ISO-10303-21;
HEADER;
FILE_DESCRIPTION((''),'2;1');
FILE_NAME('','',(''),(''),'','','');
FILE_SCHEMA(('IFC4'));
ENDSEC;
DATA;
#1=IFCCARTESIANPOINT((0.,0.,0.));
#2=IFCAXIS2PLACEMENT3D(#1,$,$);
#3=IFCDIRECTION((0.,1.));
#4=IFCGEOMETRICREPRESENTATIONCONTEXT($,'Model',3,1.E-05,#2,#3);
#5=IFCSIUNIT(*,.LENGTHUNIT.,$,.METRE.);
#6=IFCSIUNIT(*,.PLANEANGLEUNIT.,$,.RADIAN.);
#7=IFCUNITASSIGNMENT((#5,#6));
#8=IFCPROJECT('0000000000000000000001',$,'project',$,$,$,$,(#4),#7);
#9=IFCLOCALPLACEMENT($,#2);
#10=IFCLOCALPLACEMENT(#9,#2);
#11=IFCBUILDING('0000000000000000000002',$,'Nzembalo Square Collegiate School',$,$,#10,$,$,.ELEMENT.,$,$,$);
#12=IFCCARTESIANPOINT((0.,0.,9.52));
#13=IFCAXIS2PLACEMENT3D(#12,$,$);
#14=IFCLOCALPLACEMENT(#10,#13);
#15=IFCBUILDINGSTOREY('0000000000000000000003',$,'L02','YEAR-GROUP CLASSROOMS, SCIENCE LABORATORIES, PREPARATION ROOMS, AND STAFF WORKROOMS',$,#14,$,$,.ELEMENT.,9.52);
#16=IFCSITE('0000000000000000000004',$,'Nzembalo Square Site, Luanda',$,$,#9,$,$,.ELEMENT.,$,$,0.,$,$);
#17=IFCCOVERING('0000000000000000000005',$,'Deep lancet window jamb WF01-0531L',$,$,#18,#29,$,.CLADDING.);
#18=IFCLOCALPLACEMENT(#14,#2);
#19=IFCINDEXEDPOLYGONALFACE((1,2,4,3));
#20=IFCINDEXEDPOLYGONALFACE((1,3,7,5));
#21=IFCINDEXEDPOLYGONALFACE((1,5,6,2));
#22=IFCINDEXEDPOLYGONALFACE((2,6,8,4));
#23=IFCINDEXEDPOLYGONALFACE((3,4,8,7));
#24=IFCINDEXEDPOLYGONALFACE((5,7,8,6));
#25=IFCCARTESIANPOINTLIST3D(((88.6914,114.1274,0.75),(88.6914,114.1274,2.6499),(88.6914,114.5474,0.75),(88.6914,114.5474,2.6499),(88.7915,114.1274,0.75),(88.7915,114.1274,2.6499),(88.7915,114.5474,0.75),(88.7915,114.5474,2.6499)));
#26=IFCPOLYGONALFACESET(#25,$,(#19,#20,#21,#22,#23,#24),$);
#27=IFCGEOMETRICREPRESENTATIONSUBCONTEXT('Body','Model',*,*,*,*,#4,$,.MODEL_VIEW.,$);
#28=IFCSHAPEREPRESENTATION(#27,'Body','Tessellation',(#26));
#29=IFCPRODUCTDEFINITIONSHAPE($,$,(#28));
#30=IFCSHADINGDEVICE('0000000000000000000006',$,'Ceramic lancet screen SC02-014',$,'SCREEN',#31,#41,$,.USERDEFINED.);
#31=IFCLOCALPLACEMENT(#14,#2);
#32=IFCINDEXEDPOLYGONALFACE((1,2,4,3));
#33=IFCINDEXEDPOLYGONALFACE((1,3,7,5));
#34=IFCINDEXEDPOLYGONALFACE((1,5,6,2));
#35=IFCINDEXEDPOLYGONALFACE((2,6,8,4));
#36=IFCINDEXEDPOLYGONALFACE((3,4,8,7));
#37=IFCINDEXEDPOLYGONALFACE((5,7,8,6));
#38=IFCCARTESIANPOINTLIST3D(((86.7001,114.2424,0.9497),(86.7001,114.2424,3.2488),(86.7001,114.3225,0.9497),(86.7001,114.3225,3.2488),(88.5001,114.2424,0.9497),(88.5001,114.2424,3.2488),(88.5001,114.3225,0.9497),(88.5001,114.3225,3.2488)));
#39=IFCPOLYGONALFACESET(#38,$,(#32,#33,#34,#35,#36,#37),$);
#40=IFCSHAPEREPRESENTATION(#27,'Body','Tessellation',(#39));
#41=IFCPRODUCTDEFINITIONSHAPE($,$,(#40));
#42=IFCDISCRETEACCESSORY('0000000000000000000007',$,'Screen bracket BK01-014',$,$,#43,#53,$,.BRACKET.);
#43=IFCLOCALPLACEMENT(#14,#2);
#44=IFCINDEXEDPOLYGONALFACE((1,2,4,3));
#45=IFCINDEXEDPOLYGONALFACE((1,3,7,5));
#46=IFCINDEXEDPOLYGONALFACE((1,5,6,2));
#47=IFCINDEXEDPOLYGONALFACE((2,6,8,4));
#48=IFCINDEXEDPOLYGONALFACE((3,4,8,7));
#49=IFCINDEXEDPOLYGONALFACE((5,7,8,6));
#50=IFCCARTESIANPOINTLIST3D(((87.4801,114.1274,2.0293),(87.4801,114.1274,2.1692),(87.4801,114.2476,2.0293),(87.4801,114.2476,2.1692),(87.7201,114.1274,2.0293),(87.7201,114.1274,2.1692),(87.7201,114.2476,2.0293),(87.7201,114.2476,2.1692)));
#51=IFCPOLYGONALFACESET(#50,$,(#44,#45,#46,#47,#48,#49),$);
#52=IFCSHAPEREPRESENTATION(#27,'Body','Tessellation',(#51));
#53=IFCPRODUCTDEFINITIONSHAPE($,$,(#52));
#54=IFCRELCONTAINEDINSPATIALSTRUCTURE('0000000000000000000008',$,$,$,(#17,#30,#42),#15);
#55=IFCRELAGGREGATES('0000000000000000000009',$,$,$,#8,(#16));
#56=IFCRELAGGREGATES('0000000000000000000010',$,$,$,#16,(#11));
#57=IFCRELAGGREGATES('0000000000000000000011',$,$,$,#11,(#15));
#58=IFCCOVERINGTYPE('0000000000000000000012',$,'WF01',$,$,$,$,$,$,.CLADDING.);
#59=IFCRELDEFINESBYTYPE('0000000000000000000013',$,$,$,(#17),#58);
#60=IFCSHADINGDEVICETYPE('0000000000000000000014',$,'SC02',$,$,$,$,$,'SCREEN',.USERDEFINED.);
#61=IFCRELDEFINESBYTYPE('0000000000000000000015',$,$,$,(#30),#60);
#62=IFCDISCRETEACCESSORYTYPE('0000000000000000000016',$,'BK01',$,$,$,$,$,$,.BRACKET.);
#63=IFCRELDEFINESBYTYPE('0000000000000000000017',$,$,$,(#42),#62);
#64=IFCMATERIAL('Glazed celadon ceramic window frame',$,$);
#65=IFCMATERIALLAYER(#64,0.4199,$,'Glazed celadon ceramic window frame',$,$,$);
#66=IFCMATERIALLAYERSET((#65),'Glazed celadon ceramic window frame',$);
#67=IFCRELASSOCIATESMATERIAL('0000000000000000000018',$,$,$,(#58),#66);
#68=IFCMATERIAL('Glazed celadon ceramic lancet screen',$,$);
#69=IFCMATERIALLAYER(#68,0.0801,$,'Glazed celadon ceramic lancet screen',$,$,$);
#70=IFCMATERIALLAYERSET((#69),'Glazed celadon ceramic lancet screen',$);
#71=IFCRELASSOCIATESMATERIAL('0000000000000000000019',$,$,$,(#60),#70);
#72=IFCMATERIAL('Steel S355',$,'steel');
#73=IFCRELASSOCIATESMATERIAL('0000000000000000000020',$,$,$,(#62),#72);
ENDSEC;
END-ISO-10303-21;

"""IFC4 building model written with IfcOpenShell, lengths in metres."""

from ifc_helpers import new_model, si_unit, direction, frame, origin, origin_2d, place, context, subcontext, project, spatial, rectangle, extrude, material, layer, layer_set, type_object, element, save


model = new_model("IFC4")

# Units and contexts
model_context = context("Model", 3, precision=1e-05, world=origin(), true_north=direction((0.0, 1.0)))
body_context = subcontext(model_context, "Body", "Model", "MODEL_VIEW")
ifc_project = project(units=[si_unit("LENGTHUNIT", "METRE"), si_unit("PLANEANGLEUNIT", "RADIAN")], contexts=[model_context])

# Site, building, storey
site_placement = place(None, origin())
site = spatial("IfcSite", under=ifc_project, at=site_placement, Name="Nzembalo Square Site, Luanda", CompositionType="ELEMENT", RefElevation=0.0)
building_placement = place(site_placement, origin())
building = spatial("IfcBuilding", under=site, at=building_placement, Name="Nzembalo Square Collegiate School", CompositionType="ELEMENT")
storey_placement = place(building_placement, frame((0.0, 0.0, 9.52)))
storey = spatial("IfcBuildingStorey", under=building, at=storey_placement, Name="L02", Description="YEAR-GROUP CLASSROOMS, SCIENCE LABORATORIES, PREPARATION ROOMS, AND STAFF WORKROOMS", CompositionType="ELEMENT", Elevation=9.52)

# Covering
ifc_material_1 = material(Name="Glazed celadon ceramic window frame")
ifc_layer_1 = layer(ifc_material_1, 0.4199, Name="Glazed celadon ceramic window frame")
ifc_layer_set_1 = layer_set([ifc_layer_1], Name="Glazed celadon ceramic window frame")
covering_type_1 = type_object("IfcCoveringType", Name="WF01", PredefinedType="CLADDING", material=ifc_layer_set_1)
covering_1_placement = place(storey_placement, frame((88.7415, 114.3374, 0.75), z_axis=(0.0, 0.0, 1.0), x_axis=(1.0, 0.0, 0.0)))
element("IfcCovering", 1, at=covering_1_placement, inside=storey, type_object=covering_type_1, Name="Deep lancet window jamb WF01-0531L", PredefinedType="CLADDING", context=body_context, shape_type="SweptSolid", body=[
    extrude(rectangle(XDim=0.1001, YDim=0.4199, at=origin_2d()), origin(), (0.0, 0.0, 1.0), 1.8999),
])

# Shading device
ifc_material_2 = material(Name="Glazed celadon ceramic lancet screen")
ifc_layer_2 = layer(ifc_material_2, 0.0801, Name="Glazed celadon ceramic lancet screen")
ifc_layer_set_2 = layer_set([ifc_layer_2], Name="Glazed celadon ceramic lancet screen")
shading_device_type = type_object("IfcShadingDeviceType", Name="SC02", ElementType="SCREEN", PredefinedType="USERDEFINED", material=ifc_layer_set_2)
shading_device_placement = place(storey_placement, frame((87.6001, 114.2825, 0.9497), z_axis=(0.0, 0.0, 1.0), x_axis=(1.0, 0.0, 0.0)))
element("IfcShadingDevice", 2, at=shading_device_placement, inside=storey, type_object=shading_device_type, Name="Ceramic lancet screen SC02-014", ObjectType="SCREEN", PredefinedType="USERDEFINED", context=body_context, shape_type="SweptSolid", body=[
    extrude(rectangle(XDim=1.8, YDim=0.0801, at=origin_2d()), origin(), (0.0, 0.0, 1.0), 2.2991),
])

# Discrete accessory
ifc_material_3 = material(Name="Steel S355", Category="steel")
discrete_accessory_type = type_object("IfcDiscreteAccessoryType", Name="BK01", PredefinedType="BRACKET", material=ifc_material_3)
discrete_accessory_placement = place(storey_placement, frame((87.6001, 114.1875, 2.0293), z_axis=(0.0, 0.0, 1.0), x_axis=(1.0, 0.0, 0.0)))
element("IfcDiscreteAccessory", 3, at=discrete_accessory_placement, inside=storey, type_object=discrete_accessory_type, Name="Screen bracket BK01-014", PredefinedType="BRACKET", context=body_context, shape_type="SweptSolid", body=[
    extrude(rectangle(XDim=0.24, YDim=0.1201, at=origin_2d()), origin(), (0.0, 0.0, 1.0), 0.1399),
])

save(model, "model.ifc")
